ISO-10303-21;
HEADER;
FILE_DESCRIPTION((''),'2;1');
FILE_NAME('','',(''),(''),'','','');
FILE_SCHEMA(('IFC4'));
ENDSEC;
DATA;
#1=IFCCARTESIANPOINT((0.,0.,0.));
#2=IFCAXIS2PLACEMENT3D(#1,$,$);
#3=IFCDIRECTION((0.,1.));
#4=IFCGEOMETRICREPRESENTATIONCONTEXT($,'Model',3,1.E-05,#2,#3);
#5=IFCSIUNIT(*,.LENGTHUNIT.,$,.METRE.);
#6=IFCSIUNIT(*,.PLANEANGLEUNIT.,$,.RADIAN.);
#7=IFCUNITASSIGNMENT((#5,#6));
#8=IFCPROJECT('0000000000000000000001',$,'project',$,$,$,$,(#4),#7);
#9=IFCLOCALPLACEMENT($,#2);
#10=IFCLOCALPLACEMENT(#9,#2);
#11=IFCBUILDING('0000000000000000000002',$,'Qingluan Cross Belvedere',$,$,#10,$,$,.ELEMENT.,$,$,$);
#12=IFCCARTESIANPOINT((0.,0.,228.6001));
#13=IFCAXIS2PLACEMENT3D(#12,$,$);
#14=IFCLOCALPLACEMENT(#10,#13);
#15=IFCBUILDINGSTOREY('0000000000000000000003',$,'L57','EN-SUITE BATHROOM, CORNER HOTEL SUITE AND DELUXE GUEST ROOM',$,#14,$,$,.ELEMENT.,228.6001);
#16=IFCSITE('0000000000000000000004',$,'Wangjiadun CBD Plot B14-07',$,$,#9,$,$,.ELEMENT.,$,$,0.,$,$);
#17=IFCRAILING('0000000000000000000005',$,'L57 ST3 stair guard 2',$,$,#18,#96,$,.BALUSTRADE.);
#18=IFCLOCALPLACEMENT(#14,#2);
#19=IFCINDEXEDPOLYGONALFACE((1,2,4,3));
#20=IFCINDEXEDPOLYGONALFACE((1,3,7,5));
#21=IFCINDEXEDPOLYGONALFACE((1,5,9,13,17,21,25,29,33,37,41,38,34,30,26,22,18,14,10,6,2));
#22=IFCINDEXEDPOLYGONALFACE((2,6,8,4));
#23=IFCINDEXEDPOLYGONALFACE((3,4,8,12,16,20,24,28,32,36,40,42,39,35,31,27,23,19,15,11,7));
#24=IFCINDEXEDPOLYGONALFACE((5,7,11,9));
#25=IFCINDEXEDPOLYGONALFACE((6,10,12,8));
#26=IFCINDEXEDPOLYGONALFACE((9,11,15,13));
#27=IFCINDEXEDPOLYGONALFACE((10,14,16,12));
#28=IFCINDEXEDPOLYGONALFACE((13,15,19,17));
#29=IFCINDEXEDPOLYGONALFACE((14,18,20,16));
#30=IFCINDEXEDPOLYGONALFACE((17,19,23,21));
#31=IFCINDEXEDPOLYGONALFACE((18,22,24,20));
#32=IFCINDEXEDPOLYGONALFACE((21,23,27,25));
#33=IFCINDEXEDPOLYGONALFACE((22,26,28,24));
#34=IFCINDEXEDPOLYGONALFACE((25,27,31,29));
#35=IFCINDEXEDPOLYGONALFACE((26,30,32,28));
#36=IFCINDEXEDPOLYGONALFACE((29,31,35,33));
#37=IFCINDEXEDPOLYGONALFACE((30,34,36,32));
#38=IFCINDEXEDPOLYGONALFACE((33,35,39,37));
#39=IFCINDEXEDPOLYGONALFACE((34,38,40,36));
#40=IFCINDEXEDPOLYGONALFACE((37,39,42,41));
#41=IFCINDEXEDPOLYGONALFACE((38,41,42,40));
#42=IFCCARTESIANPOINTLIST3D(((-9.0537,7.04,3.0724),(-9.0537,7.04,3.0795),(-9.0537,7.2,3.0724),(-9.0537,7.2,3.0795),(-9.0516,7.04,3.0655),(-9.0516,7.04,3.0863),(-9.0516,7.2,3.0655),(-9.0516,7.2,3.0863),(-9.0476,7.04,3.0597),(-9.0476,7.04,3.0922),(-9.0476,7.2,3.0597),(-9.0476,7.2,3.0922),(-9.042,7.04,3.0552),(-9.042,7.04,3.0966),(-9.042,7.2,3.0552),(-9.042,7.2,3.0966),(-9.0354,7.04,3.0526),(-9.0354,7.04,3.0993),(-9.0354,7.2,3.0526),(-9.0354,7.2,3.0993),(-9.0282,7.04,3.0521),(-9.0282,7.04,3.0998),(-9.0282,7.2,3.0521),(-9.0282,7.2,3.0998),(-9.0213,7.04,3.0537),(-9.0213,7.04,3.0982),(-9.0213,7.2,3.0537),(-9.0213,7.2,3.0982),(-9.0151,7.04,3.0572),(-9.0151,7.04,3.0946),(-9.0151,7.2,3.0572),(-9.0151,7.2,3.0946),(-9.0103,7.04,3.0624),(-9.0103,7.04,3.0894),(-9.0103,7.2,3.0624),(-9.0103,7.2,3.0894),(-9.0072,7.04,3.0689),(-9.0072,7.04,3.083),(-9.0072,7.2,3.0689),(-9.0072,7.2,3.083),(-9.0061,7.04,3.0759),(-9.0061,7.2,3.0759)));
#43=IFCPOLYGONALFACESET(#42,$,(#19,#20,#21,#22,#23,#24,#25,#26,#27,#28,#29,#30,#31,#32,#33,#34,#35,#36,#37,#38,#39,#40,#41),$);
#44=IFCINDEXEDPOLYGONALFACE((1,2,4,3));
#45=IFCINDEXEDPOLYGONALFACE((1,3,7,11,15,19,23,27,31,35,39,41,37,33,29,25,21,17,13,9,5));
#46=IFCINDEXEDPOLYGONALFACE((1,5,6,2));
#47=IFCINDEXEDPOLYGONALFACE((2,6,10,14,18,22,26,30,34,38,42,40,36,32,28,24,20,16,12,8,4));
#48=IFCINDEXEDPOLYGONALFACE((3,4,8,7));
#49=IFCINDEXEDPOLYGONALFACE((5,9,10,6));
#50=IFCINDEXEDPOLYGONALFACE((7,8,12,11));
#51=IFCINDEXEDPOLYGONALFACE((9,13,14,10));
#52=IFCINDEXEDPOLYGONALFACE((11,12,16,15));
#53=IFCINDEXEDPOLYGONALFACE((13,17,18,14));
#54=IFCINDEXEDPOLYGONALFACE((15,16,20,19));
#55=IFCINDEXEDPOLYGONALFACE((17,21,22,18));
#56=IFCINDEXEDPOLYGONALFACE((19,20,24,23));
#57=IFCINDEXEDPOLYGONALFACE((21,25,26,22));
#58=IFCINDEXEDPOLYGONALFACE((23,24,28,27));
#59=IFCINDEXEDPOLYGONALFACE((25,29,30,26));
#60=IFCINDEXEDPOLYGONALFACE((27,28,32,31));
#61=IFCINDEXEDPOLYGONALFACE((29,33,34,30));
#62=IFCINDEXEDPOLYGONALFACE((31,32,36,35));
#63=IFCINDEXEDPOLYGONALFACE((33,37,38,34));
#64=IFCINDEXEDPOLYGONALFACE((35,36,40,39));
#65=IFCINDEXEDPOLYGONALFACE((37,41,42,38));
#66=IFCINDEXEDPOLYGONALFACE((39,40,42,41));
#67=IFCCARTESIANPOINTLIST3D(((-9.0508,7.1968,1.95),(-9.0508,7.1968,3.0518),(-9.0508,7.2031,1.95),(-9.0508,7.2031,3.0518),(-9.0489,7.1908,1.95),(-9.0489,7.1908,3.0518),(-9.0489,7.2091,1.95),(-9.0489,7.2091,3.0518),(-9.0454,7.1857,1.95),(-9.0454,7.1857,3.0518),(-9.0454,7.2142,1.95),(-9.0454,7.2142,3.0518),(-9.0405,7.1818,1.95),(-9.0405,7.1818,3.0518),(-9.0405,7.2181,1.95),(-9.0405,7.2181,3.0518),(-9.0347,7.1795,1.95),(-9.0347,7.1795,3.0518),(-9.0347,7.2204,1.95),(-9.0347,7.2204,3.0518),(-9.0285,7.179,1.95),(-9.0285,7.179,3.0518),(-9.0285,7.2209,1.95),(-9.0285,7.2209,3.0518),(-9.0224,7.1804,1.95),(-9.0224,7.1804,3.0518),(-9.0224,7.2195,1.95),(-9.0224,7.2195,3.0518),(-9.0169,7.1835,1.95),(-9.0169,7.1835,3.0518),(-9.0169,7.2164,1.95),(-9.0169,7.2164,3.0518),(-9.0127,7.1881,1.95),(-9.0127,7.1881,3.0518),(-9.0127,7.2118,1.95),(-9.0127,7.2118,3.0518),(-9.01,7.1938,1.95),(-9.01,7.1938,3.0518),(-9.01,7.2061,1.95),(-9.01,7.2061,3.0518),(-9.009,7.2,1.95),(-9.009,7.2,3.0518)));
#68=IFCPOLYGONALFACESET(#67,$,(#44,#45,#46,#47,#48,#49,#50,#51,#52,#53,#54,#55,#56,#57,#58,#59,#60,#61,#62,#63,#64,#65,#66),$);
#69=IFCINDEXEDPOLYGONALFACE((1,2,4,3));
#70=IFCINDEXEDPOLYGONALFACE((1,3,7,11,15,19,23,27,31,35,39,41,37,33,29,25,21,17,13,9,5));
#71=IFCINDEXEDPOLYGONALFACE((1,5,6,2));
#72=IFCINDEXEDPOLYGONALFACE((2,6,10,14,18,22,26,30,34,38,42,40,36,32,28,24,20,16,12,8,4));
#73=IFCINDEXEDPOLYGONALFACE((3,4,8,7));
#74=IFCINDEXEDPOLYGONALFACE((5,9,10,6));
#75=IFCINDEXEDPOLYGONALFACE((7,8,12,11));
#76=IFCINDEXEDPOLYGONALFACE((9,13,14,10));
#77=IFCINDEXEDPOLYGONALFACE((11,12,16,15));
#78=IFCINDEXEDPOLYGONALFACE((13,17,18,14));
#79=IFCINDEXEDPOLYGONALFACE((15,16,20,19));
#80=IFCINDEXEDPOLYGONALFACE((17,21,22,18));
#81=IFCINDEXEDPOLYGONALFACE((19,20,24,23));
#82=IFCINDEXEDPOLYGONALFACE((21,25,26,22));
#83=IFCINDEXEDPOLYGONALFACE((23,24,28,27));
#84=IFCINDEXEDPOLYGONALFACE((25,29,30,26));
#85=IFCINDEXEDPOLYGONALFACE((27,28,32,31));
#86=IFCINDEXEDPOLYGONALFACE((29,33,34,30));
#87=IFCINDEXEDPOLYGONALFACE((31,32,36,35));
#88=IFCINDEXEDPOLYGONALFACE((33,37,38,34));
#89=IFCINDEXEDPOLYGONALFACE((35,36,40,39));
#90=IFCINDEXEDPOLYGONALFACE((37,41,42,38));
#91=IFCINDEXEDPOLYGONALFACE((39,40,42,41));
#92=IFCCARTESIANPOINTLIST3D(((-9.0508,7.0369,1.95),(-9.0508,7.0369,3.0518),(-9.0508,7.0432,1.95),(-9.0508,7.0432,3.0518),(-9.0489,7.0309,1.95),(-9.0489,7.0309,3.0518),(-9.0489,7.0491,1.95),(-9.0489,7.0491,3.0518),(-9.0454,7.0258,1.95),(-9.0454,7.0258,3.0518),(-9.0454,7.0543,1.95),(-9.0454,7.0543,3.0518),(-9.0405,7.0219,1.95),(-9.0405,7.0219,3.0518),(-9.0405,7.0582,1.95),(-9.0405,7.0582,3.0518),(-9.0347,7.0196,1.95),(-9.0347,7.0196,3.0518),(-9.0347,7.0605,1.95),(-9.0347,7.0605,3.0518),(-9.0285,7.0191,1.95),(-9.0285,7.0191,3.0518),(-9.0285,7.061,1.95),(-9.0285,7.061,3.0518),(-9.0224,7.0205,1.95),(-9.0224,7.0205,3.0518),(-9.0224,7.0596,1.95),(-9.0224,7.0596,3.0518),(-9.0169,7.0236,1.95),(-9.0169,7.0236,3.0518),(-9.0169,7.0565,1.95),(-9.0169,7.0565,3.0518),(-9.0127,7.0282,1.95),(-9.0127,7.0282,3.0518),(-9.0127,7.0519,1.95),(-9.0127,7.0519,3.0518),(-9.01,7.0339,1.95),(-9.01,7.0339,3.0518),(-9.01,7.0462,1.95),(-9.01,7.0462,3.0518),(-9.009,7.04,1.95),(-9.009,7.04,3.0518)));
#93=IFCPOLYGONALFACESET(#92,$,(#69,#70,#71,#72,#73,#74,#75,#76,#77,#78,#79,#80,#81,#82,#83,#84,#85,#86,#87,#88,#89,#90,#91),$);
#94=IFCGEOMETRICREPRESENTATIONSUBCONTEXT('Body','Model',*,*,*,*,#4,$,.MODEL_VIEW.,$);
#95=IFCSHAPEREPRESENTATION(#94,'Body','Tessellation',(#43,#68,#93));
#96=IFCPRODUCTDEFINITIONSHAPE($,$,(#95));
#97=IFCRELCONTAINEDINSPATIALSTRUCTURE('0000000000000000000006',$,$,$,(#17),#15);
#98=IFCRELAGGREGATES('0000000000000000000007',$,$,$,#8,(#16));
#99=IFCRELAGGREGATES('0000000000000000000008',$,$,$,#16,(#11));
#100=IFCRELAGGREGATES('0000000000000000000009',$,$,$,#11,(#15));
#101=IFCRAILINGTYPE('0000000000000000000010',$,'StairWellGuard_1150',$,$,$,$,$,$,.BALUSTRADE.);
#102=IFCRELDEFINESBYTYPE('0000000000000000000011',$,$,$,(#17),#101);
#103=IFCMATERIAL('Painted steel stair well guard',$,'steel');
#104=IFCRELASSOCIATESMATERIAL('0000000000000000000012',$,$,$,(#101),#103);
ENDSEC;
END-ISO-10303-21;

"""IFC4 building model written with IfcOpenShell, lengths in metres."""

from ifc_helpers import new_model, si_unit, direction, frame, origin, origin_2d, place, context, subcontext, project, spatial, circle, extrude, material, type_object, element, save


model = new_model("IFC4")

# Units and contexts
model_context = context("Model", 3, precision=1e-05, world=origin(), true_north=direction((0.0, 1.0)))
body_context = subcontext(model_context, "Body", "Model", "MODEL_VIEW")
ifc_project = project(units=[si_unit("LENGTHUNIT", "METRE"), si_unit("PLANEANGLEUNIT", "RADIAN")], contexts=[model_context])

# Site, building, storey
site_placement = place(None, origin())
site = spatial("IfcSite", under=ifc_project, at=site_placement, Name="Wangjiadun CBD Plot B14-07", CompositionType="ELEMENT", RefElevation=0.0)
building_placement = place(site_placement, origin())
building = spatial("IfcBuilding", under=site, at=building_placement, Name="Qingluan Cross Belvedere", CompositionType="ELEMENT")
storey_placement = place(building_placement, frame((0.0, 0.0, 228.6001)))
storey = spatial("IfcBuildingStorey", under=building, at=storey_placement, Name="L57", Description="EN-SUITE BATHROOM, CORNER HOTEL SUITE AND DELUXE GUEST ROOM", CompositionType="ELEMENT", Elevation=228.6001)

# Railing
ifc_material_1 = material(Name="Painted steel stair well guard", Category="steel")
railing_type_1 = type_object("IfcRailingType", Name="StairWellGuard_1150", PredefinedType="BALUSTRADE", material=ifc_material_1)
railing_1_placement = place(storey_placement, frame((-9.03, 7.2, 1.95)))
element("IfcRailing", 1, at=railing_1_placement, inside=storey, type_object=railing_type_1, Name="L57 ST3 stair guard 2", PredefinedType="BALUSTRADE", context=body_context, shape_type="SweptSolid", body=[
    extrude(circle(Radius=0.0239, at=origin_2d()), frame((0.0, 0.0, 1.126), z_axis=(0.0, -1.0, 0.0), x_axis=(1.0, 0.0, 0.0)), (0.0, 0.0, 1.0), 0.1599),
    extrude(circle(Radius=0.021, at=origin_2d()), origin(), (0.0, 0.0, 1.0), 1.1018),
    extrude(circle(Radius=0.021, at=origin_2d()), frame((0.0, -0.1599, 0.0)), (0.0, 0.0, 1.0), 1.1018),
])

save(model, "model.ifc")
